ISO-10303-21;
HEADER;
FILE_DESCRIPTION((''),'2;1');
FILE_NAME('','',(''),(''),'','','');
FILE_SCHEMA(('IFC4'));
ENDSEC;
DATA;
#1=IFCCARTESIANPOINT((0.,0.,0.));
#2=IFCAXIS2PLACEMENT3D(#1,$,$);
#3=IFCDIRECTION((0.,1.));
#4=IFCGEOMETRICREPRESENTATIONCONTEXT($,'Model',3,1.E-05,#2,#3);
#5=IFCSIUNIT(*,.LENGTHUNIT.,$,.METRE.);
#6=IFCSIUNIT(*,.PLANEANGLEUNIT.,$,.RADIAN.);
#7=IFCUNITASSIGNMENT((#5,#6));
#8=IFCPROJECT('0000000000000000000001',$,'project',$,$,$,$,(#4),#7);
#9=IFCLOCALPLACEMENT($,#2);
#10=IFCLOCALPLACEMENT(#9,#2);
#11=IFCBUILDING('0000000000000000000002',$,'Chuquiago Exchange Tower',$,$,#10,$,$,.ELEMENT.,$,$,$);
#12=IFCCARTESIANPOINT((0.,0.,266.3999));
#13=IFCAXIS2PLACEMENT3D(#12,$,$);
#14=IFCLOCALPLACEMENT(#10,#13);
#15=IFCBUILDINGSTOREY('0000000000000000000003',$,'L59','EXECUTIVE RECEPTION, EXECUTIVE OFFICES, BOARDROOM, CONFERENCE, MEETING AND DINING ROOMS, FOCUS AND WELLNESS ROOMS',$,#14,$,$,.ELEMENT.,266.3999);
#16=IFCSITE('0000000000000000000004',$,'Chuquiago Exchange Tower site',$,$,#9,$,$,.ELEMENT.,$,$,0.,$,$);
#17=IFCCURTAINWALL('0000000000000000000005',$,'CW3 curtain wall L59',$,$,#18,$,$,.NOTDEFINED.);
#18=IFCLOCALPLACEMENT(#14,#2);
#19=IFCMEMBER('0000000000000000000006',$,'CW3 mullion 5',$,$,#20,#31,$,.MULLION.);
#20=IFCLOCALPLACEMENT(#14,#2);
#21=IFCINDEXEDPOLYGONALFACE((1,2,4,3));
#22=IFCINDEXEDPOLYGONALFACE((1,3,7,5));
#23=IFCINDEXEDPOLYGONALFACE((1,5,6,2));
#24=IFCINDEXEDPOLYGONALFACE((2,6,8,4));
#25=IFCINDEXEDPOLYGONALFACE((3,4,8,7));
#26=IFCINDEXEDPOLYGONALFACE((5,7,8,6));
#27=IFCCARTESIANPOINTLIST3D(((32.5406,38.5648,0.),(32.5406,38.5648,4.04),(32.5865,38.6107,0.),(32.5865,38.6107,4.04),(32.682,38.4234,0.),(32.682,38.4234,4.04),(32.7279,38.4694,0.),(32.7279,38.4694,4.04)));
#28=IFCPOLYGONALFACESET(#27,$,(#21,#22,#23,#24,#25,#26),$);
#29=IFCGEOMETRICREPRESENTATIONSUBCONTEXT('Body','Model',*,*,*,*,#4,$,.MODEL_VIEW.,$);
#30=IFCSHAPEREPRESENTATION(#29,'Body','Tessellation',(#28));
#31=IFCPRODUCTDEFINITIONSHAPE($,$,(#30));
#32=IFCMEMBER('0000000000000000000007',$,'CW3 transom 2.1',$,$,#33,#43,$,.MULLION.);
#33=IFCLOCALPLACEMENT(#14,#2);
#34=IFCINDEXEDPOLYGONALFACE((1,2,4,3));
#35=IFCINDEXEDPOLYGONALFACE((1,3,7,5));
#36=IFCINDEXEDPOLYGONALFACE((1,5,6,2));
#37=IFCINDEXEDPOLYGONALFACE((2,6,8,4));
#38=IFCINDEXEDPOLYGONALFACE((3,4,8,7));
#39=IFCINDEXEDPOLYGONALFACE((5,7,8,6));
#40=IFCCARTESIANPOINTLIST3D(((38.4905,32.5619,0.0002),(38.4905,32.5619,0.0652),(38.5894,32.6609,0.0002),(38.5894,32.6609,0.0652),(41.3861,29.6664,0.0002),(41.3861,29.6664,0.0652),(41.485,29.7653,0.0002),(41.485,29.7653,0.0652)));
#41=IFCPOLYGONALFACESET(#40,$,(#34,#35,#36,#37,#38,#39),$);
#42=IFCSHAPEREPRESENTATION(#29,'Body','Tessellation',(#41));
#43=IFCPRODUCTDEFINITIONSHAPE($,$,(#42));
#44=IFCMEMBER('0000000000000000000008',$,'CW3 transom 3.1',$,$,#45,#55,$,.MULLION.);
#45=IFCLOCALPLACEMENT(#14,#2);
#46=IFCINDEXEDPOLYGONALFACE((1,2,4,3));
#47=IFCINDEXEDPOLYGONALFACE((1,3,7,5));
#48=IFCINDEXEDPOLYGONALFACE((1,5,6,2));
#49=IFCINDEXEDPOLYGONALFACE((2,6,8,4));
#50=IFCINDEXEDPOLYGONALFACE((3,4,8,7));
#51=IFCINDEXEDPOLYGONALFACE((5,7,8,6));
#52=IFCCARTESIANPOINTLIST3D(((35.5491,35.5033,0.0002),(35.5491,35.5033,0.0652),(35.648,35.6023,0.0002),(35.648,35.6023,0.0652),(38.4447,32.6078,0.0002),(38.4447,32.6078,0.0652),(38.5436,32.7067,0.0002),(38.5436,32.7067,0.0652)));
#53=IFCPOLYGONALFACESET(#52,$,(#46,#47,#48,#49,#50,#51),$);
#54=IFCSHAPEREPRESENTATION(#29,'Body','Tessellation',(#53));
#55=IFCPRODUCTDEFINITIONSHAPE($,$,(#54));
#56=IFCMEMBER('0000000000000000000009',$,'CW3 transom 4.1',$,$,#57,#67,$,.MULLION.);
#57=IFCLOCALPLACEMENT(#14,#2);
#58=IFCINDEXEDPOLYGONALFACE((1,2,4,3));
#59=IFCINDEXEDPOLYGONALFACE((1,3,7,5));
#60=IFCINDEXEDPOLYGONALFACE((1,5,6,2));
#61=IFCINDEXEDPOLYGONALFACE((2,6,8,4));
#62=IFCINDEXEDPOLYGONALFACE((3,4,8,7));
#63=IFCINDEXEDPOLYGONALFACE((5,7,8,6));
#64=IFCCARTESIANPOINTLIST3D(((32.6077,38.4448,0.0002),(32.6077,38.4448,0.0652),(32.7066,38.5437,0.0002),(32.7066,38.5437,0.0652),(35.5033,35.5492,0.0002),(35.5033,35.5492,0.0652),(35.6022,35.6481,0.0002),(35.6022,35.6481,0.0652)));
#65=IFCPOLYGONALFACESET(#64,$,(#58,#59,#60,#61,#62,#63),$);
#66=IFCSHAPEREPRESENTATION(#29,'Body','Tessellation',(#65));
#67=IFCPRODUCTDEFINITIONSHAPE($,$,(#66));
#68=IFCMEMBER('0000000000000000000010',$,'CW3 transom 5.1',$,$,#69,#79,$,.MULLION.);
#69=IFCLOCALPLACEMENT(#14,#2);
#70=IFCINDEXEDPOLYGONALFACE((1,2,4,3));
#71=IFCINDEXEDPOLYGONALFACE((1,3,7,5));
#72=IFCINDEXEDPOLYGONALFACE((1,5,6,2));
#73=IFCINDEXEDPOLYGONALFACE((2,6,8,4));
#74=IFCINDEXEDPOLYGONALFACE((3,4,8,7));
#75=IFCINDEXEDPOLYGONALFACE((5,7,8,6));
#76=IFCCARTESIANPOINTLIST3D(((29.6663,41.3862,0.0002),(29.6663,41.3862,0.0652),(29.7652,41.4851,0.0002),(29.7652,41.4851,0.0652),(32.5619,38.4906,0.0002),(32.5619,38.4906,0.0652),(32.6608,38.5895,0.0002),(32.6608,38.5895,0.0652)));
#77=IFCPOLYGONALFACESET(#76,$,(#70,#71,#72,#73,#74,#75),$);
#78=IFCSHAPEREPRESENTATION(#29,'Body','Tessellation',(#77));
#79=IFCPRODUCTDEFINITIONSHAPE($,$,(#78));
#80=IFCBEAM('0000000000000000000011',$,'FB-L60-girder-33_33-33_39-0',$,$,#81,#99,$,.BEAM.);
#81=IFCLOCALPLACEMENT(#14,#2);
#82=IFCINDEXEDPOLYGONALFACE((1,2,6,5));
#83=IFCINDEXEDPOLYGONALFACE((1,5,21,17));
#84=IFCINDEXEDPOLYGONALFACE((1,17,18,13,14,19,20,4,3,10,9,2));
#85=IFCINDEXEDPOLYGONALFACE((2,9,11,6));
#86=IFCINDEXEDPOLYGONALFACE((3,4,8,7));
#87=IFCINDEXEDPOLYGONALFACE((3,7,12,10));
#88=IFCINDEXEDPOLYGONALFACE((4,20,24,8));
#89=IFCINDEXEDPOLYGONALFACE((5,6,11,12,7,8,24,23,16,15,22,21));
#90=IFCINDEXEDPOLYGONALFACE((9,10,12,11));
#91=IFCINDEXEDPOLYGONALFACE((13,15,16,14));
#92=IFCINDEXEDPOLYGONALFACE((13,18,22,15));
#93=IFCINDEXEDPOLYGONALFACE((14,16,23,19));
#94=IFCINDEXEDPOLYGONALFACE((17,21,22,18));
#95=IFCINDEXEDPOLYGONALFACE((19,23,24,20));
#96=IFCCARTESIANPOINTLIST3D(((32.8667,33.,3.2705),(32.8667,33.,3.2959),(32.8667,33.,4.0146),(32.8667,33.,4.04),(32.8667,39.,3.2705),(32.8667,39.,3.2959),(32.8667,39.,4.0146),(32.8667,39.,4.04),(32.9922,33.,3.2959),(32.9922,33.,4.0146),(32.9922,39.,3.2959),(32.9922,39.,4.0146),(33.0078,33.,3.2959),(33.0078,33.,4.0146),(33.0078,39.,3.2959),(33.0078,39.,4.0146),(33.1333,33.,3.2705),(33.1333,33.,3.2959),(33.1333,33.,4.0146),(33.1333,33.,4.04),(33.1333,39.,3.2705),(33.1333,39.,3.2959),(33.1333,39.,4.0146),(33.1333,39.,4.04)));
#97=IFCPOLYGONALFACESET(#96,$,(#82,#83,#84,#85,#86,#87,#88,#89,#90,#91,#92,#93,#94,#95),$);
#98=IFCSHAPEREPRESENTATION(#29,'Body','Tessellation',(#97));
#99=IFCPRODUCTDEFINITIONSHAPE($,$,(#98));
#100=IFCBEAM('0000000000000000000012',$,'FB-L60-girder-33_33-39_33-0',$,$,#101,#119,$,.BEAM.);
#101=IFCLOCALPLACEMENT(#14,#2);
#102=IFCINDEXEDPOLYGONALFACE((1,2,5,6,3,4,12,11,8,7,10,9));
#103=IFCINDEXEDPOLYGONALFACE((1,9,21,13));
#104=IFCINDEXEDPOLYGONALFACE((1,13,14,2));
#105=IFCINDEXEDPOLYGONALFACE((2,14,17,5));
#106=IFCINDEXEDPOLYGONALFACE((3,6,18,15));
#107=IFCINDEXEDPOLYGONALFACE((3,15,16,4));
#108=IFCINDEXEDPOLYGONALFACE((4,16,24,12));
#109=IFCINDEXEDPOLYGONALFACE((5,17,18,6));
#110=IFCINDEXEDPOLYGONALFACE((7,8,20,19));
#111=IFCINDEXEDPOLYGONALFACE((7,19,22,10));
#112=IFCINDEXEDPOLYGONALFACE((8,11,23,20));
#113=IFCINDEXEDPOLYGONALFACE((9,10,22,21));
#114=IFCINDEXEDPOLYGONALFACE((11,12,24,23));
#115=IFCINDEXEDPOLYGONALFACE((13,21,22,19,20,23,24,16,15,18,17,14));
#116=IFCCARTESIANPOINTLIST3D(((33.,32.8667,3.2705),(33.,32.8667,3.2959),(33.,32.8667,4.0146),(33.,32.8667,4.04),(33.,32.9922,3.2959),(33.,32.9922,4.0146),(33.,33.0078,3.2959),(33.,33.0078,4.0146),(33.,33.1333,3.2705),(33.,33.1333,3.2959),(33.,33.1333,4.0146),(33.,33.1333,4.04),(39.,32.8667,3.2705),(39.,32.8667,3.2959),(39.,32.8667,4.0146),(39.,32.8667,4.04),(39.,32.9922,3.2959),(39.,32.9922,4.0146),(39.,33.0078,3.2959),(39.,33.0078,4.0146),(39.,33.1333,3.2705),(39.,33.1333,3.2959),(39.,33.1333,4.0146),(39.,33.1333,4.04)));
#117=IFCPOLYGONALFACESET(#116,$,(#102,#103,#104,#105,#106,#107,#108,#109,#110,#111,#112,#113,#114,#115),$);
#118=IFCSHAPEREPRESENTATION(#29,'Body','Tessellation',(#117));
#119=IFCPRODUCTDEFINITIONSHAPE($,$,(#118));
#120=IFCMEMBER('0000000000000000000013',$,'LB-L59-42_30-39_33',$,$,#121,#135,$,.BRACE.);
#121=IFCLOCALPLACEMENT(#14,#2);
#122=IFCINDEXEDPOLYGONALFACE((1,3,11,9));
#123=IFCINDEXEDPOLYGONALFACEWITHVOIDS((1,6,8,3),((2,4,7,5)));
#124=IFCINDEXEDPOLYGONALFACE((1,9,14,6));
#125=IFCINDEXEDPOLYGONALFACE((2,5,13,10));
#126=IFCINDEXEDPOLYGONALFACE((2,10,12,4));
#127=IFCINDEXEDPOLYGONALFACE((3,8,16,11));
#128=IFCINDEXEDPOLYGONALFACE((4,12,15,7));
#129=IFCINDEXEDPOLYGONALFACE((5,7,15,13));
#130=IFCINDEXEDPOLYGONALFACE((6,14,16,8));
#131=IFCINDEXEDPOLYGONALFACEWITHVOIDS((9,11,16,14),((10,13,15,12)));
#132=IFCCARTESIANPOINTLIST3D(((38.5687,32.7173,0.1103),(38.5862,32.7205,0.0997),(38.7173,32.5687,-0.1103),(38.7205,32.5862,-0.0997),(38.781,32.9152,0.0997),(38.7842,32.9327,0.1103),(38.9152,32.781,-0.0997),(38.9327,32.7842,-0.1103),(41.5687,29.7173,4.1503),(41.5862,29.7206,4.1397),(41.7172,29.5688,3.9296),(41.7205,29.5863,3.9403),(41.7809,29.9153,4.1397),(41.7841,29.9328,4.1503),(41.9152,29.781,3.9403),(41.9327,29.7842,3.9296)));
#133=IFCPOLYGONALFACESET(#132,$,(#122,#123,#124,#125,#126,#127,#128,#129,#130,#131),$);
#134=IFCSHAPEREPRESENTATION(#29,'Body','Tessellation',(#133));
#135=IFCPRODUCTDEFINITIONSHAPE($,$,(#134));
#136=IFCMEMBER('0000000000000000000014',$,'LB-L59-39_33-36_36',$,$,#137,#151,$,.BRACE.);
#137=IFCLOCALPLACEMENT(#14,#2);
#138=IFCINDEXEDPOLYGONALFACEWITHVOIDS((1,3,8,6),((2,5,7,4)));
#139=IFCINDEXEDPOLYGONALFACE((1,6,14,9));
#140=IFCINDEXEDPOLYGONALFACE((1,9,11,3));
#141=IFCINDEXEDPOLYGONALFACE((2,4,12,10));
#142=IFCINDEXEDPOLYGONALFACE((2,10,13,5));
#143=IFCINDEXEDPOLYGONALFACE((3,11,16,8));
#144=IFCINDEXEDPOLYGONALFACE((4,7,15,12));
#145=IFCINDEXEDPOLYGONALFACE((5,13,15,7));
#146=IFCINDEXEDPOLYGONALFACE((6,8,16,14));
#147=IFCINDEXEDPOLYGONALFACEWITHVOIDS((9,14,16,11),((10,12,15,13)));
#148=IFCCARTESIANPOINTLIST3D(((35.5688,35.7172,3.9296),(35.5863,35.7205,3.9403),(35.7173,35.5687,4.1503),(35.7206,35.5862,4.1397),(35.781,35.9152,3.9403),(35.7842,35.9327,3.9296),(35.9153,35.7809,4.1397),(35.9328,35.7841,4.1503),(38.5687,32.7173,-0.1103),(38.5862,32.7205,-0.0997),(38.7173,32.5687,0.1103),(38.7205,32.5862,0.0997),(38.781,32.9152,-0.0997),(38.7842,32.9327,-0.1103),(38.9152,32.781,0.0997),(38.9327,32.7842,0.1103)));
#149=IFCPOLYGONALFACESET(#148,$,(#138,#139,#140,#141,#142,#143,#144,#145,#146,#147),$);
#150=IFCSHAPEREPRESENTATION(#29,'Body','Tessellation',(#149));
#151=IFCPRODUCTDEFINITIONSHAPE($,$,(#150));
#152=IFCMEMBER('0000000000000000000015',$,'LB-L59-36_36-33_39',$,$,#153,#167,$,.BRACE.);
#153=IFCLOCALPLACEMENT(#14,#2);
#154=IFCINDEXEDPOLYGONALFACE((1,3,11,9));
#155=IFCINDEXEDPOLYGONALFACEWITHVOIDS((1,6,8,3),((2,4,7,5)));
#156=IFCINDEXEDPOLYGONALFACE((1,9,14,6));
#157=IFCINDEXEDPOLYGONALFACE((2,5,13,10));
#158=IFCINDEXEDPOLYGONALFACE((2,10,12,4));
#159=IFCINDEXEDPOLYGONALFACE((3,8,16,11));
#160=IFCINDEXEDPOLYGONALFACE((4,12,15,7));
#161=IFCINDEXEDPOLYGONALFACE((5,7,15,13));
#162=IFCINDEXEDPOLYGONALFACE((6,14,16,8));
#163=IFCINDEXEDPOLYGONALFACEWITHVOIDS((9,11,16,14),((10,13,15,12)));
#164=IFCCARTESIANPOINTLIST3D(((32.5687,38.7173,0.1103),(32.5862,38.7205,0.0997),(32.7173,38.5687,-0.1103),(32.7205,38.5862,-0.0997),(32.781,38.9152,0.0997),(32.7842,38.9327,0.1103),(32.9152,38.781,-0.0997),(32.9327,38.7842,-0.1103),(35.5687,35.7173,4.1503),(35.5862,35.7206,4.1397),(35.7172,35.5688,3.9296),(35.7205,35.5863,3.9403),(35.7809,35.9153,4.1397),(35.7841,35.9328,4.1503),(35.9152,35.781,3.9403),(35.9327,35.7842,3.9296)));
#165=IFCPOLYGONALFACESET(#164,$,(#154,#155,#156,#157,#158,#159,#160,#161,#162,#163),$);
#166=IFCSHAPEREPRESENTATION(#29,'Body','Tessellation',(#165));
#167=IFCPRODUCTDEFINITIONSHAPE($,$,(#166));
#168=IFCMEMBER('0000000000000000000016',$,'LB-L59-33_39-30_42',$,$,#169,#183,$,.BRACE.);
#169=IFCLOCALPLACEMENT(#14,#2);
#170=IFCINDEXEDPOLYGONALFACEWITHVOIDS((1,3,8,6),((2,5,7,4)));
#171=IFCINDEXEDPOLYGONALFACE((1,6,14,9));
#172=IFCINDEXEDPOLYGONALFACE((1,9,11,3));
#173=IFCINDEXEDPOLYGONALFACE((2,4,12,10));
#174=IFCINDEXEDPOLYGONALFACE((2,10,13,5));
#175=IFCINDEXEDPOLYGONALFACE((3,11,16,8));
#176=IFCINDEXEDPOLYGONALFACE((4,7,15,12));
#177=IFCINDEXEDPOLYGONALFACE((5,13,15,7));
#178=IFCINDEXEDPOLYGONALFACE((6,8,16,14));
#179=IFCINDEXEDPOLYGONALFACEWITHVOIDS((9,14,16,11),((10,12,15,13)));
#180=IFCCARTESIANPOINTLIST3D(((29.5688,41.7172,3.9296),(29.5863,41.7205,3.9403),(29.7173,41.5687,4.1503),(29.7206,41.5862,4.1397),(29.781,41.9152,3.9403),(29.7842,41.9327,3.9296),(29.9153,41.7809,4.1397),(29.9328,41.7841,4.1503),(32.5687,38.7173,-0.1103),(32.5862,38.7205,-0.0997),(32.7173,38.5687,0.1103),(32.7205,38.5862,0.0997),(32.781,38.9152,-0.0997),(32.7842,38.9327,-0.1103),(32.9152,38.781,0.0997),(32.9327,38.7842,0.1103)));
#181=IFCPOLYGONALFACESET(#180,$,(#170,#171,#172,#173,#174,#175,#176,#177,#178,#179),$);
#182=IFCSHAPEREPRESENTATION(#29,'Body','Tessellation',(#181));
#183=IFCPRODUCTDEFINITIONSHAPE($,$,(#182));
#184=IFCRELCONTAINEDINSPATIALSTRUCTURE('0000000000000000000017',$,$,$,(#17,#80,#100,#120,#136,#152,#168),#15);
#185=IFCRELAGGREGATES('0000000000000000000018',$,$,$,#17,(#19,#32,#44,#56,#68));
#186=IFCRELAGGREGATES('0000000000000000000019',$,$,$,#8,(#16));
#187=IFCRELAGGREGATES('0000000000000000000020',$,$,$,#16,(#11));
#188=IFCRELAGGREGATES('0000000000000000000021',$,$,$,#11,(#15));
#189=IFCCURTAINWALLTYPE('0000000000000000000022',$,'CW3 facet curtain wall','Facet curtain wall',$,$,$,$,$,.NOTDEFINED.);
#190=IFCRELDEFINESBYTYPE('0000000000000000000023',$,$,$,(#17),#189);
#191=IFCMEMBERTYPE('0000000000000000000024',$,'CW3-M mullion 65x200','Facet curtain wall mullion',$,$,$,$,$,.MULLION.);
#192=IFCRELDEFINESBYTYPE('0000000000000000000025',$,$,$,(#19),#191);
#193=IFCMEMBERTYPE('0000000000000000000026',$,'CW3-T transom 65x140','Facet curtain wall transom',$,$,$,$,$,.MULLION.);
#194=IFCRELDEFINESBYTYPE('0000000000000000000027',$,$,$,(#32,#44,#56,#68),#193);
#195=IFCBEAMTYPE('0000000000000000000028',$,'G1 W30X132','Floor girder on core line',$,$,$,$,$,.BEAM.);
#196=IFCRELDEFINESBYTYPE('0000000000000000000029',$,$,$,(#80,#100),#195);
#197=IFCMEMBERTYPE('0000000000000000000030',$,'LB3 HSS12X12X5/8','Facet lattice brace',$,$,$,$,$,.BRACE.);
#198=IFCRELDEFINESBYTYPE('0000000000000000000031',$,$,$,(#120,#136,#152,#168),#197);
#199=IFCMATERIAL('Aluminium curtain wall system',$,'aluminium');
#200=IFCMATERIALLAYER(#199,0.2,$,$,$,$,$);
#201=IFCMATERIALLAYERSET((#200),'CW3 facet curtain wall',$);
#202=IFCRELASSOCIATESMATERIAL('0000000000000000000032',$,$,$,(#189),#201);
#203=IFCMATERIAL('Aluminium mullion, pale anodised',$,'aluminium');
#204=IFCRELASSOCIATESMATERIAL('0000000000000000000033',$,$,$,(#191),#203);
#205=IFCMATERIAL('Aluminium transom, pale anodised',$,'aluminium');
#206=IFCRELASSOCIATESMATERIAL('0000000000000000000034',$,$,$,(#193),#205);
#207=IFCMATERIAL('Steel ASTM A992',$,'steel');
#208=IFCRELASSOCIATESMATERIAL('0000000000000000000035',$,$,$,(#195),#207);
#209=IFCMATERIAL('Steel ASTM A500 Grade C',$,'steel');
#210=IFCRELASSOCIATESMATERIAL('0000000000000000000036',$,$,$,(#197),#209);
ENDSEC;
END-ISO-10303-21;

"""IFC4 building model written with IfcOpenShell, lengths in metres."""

from ifc_helpers import new_model, si_unit, direction, frame, origin, origin_2d, place, context, subcontext, project, spatial, rectangle, hollow_rectangle, i_section, extrude, material, layer, layer_set, material_profile, profile_set, type_object, element, aggregate, save


model = new_model("IFC4")

# Units and contexts
model_context = context("Model", 3, precision=1e-05, world=origin(), true_north=direction((0.0, 1.0)))
body_context = subcontext(model_context, "Body", "Model", "MODEL_VIEW")
ifc_project = project(units=[si_unit("LENGTHUNIT", "METRE"), si_unit("PLANEANGLEUNIT", "RADIAN")], contexts=[model_context])

# Site, building, storey
site_placement = place(None, origin())
site = spatial("IfcSite", under=ifc_project, at=site_placement, Name="Chuquiago Exchange Tower site", CompositionType="ELEMENT", RefElevation=0.0)
building_placement = place(site_placement, origin())
building = spatial("IfcBuilding", under=site, at=building_placement, Name="Chuquiago Exchange Tower", CompositionType="ELEMENT")
storey_placement = place(building_placement, frame((0.0, 0.0, 266.3999)))
storey = spatial("IfcBuildingStorey", under=building, at=storey_placement, Name="L59", Description="EXECUTIVE RECEPTION, EXECUTIVE OFFICES, BOARDROOM, CONFERENCE, MEETING AND DINING ROOMS, FOCUS AND WELLNESS ROOMS", CompositionType="ELEMENT", Elevation=266.3999)

# Curtain wall, members
ifc_material_1 = material(Name="Aluminium curtain wall system", Category="aluminium")
ifc_layer_1 = layer(ifc_material_1, 0.2)
ifc_layer_set_1 = layer_set([ifc_layer_1], Name="CW3 facet curtain wall")
curtain_wall_type = type_object("IfcCurtainWallType", Name="CW3 facet curtain wall", Description="Facet curtain wall", PredefinedType="NOTDEFINED", material=ifc_layer_set_1)
curtain_wall_placement = place(storey_placement, origin())
curtain_wall = element("IfcCurtainWall", 1, at=curtain_wall_placement, inside=storey, type_object=curtain_wall_type, Name="CW3 curtain wall L59", PredefinedType="NOTDEFINED")
ifc_material_2 = material(Name="Aluminium mullion, pale anodised", Category="aluminium")
ifc_material_profile_1 = material_profile(ifc_material_2, rectangle(XDim=0.0649, YDim=0.2, at=origin_2d()), Name="AL 65x200")
ifc_profile_set_1 = profile_set([ifc_material_profile_1], Name="Aluminium mullion, pale anodised")
member_type_1 = type_object("IfcMemberType", Name="CW3-M mullion 65x200", Description="Facet curtain wall mullion", PredefinedType="MULLION", material=ifc_profile_set_1)
member_1_placement = place(storey_placement, frame((32.6343, 38.5171, 0.0), z_axis=(0.0, 0.0, 1.0), x_axis=(-0.707107, -0.707107, 0.0)))
member_1 = element("IfcMember", 2, at=member_1_placement, type_object=member_type_1, Name="CW3 mullion 5", PredefinedType="MULLION", context=body_context, shape_type="SweptSolid", body=[
    extrude(rectangle(XDim=0.0649, YDim=0.2, at=origin_2d()), origin(), (0.0, 0.0, 1.0), 4.04),
])
ifc_material_3 = material(Name="Aluminium transom, pale anodised", Category="aluminium")
ifc_material_profile_2 = material_profile(ifc_material_3, rectangle(XDim=0.1399, YDim=0.0649, at=origin_2d()), Name="AL 140x65")
ifc_profile_set_2 = profile_set([ifc_material_profile_2], Name="Aluminium transom, pale anodised")
member_type_2 = type_object("IfcMemberType", Name="CW3-T transom 65x140", Description="Facet curtain wall transom", PredefinedType="MULLION", material=ifc_profile_set_2)
member_2_placement = place(storey_placement, frame((41.4355, 29.7158, 0.0327), z_axis=(-0.707107, 0.707107, 0.0), x_axis=(-0.707107, -0.707107, 0.0)))
member_2 = element("IfcMember", 3, at=member_2_placement, type_object=member_type_2, Name="CW3 transom 2.1", PredefinedType="MULLION", context=body_context, shape_type="SweptSolid", body=[
    extrude(rectangle(XDim=0.1399, YDim=0.0649, at=origin_2d()), origin(), (0.0, 0.0, 1.0), 4.095),
])
member_3_placement = place(storey_placement, frame((38.4941, 32.6572, 0.0327), z_axis=(-0.707107, 0.707107, 0.0), x_axis=(-0.707107, -0.707107, 0.0)))
member_3 = element("IfcMember", 4, at=member_3_placement, type_object=member_type_2, Name="CW3 transom 3.1", PredefinedType="MULLION", context=body_context, shape_type="SweptSolid", body=[
    extrude(rectangle(XDim=0.1399, YDim=0.0649, at=origin_2d()), origin(), (0.0, 0.0, 1.0), 4.095),
])
member_4_placement = place(storey_placement, frame((35.5527, 35.5986, 0.0327), z_axis=(-0.707107, 0.707107, 0.0), x_axis=(-0.707107, -0.707107, 0.0)))
member_4 = element("IfcMember", 5, at=member_4_placement, type_object=member_type_2, Name="CW3 transom 4.1", PredefinedType="MULLION", context=body_context, shape_type="SweptSolid", body=[
    extrude(rectangle(XDim=0.1399, YDim=0.0649, at=origin_2d()), origin(), (0.0, 0.0, 1.0), 4.095),
])
member_5_placement = place(storey_placement, frame((32.6113, 38.54, 0.0327), z_axis=(-0.707107, 0.707107, 0.0), x_axis=(-0.707107, -0.707107, 0.0)))
member_5 = element("IfcMember", 6, at=member_5_placement, type_object=member_type_2, Name="CW3 transom 5.1", PredefinedType="MULLION", context=body_context, shape_type="SweptSolid", body=[
    extrude(rectangle(XDim=0.1399, YDim=0.0649, at=origin_2d()), origin(), (0.0, 0.0, 1.0), 4.095),
])

# Beams
ifc_material_4 = material(Name="Steel ASTM A992", Category="steel")
ifc_material_profile_3 = material_profile(ifc_material_4, i_section(OverallWidth=0.2666, OverallDepth=0.7695, WebThickness=0.0156, FlangeThickness=0.0254, at=origin_2d()), Name="W30X132")
ifc_profile_set_3 = profile_set([ifc_material_profile_3], Name="Steel ASTM A992")
beam_type_1 = type_object("IfcBeamType", Name="G1 W30X132", Description="Floor girder on core line", PredefinedType="BEAM", material=ifc_profile_set_3)
for number, where, z_axis, x_axis, name in (
    (7, (33.0, 33.0, 3.6553), (0.0, 1.0, 0.0), (-1.0, 0.0, 0.0), "FB-L60-girder-33_33-33_39-0"),
    (8, (33.0, 33.0, 3.6553), (1.0, 0.0, 0.0), (0.0, 1.0, 0.0), "FB-L60-girder-33_33-39_33-0"),
):
    element("IfcBeam", number, at=place(storey_placement, frame(where, z_axis=z_axis, x_axis=x_axis)), inside=storey, type_object=beam_type_1, Name=name, PredefinedType="BEAM", context=body_context, shape_type="SweptSolid", body=[
        extrude(i_section(OverallWidth=0.2666, OverallDepth=0.7695, WebThickness=0.0156, FlangeThickness=0.0254, at=origin_2d()), origin(), (0.0, 0.0, 1.0), 6.0),
    ])

# Members
ifc_material_5 = material(Name="Steel ASTM A500 Grade C", Category="steel")
ifc_material_profile_4 = material_profile(ifc_material_5, hollow_rectangle(XDim=0.3047, YDim=0.3047, WallThickness=0.0146, at=origin_2d()), Name="HSS12X12X5/8")
ifc_profile_set_4 = profile_set([ifc_material_profile_4], Name="Steel ASTM A500 Grade C")
member_type_3 = type_object("IfcMemberType", Name="LB3 HSS12X12X5/8", Description="Facet lattice brace", PredefinedType="BRACE", material=ifc_profile_set_4)
for number, where, z_axis, x_axis, name in (
    (9, (38.7507, 32.7507, 0.0), (0.512077, -0.512077, 0.689604), (0.707107, 0.707107, 0.0), "LB-L59-42_30-39_33"),
    (10, (38.7507, 32.7507, 0.0), (-0.512077, 0.512077, 0.689604), (-0.707107, -0.707107, 0.0), "LB-L59-39_33-36_36"),
    (11, (32.7507, 38.7507, 0.0), (0.512077, -0.512077, 0.689604), (0.707107, 0.707107, 0.0), "LB-L59-36_36-33_39"),
    (12, (32.7507, 38.7507, 0.0), (-0.512077, 0.512077, 0.689604), (-0.707107, -0.707107, 0.0), "LB-L59-33_39-30_42"),
):
    element("IfcMember", number, at=place(storey_placement, frame(where, z_axis=z_axis, x_axis=x_axis)), inside=storey, type_object=member_type_3, Name=name, PredefinedType="BRACE", context=body_context, shape_type="SweptSolid", body=[
        extrude(hollow_rectangle(XDim=0.3047, YDim=0.3047, WallThickness=0.0146, at=origin_2d()), origin(), (0.0, 0.0, 1.0), 5.8584),
    ])

aggregate(curtain_wall, [member_1, member_2, member_3, member_4, member_5])

save(model, "model.ifc")
